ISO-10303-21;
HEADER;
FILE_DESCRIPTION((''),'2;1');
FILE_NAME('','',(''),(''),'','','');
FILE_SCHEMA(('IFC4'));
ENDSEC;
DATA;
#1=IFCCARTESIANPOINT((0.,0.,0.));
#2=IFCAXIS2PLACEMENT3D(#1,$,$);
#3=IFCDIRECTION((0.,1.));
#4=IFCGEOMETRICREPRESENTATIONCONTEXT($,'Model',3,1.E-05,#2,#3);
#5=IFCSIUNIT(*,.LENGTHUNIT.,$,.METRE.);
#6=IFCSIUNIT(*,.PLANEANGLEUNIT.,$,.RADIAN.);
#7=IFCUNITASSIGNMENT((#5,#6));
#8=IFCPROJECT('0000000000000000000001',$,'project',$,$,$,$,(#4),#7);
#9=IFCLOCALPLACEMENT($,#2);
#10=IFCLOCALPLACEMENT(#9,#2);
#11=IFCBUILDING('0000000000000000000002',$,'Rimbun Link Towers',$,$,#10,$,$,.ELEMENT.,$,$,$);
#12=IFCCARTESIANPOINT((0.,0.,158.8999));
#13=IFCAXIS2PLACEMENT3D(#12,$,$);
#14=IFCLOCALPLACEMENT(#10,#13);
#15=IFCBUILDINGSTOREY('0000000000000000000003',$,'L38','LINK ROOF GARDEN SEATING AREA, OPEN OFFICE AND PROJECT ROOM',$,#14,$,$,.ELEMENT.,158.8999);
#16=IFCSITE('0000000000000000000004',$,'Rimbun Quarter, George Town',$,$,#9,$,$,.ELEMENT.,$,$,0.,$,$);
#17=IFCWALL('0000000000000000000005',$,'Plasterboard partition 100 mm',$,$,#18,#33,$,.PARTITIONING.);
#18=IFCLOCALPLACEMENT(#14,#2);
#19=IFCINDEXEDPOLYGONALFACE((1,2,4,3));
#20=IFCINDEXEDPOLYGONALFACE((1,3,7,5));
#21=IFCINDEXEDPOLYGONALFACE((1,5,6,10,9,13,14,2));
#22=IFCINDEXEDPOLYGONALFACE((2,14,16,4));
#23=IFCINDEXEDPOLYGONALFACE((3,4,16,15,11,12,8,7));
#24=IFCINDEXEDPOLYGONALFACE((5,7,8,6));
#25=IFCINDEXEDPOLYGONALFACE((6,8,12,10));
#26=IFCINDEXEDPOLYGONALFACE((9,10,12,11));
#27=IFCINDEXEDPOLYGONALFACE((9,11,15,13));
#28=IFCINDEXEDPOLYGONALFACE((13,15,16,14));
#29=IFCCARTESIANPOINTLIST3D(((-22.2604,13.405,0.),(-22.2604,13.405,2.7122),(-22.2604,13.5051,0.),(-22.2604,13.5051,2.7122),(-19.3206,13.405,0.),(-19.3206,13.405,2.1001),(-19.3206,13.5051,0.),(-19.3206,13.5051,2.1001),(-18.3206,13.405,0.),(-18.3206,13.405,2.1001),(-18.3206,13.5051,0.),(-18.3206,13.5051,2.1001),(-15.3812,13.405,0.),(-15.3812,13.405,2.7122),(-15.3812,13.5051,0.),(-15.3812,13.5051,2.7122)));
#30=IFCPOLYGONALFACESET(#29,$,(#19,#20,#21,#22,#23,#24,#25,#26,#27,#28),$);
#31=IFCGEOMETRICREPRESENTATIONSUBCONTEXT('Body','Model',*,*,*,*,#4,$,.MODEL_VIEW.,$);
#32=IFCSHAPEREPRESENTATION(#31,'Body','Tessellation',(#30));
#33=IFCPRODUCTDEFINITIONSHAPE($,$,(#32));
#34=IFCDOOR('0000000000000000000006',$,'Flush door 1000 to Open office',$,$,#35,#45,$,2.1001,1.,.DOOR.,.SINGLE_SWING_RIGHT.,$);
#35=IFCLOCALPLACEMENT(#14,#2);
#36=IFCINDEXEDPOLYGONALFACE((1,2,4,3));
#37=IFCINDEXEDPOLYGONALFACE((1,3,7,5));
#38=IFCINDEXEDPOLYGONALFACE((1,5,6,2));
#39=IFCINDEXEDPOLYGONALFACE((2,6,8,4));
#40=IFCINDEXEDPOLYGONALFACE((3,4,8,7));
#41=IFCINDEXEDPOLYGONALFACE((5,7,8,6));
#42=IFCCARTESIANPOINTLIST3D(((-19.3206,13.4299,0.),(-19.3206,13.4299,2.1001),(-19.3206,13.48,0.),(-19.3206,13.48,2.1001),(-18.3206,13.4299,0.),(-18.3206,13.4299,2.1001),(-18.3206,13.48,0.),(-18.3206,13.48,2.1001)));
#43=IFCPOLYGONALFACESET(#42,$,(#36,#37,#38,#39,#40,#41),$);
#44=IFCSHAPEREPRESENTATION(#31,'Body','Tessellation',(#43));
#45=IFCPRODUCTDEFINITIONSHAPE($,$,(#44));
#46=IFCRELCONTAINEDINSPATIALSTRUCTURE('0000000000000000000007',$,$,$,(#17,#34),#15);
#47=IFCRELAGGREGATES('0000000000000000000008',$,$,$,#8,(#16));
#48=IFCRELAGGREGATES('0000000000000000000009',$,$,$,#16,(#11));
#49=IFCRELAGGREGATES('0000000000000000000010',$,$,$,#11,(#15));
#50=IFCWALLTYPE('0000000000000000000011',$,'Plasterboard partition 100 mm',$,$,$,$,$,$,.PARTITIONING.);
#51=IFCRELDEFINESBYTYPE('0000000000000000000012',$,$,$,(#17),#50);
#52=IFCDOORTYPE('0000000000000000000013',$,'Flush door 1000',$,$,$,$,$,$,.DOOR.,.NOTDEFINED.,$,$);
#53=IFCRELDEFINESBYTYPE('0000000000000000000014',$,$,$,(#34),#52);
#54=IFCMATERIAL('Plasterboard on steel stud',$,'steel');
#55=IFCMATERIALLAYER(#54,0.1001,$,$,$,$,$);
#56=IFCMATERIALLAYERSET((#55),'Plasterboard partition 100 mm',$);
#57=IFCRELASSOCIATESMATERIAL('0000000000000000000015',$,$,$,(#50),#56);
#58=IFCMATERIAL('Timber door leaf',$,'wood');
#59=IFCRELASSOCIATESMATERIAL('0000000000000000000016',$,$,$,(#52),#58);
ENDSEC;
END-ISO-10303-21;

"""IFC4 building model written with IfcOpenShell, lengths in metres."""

from ifc_helpers import new_model, si_unit, direction, frame, frame_2d, origin, place, context, subcontext, project, spatial, rectangle, extrude, material, layer, layer_set, type_object, element, fill, save


model = new_model("IFC4")

# Units and contexts
model_context = context("Model", 3, precision=1e-05, world=origin(), true_north=direction((0.0, 1.0)))
body_context = subcontext(model_context, "Body", "Model", "MODEL_VIEW")
ifc_project = project(units=[si_unit("LENGTHUNIT", "METRE"), si_unit("PLANEANGLEUNIT", "RADIAN")], contexts=[model_context])

# Site, building, storey
site_placement = place(None, origin())
site = spatial("IfcSite", under=ifc_project, at=site_placement, Name="Rimbun Quarter, George Town", CompositionType="ELEMENT", RefElevation=0.0)
building_placement = place(site_placement, origin())
building = spatial("IfcBuilding", under=site, at=building_placement, Name="Rimbun Link Towers", CompositionType="ELEMENT")
storey_placement = place(building_placement, frame((0.0, 0.0, 158.8999)))
storey = spatial("IfcBuildingStorey", under=building, at=storey_placement, Name="L38", Description="LINK ROOF GARDEN SEATING AREA, OPEN OFFICE AND PROJECT ROOM", CompositionType="ELEMENT", Elevation=158.8999)

# Wall, opening, door
ifc_material_1 = material(Name="Plasterboard on steel stud", Category="steel")
ifc_layer_1 = layer(ifc_material_1, 0.1001)
ifc_layer_set_1 = layer_set([ifc_layer_1], Name="Plasterboard partition 100 mm")
wall_type = type_object("IfcWallType", Name="Plasterboard partition 100 mm", PredefinedType="PARTITIONING", material=ifc_layer_set_1)
ifc_material_2 = material(Name="Timber door leaf", Category="wood")
door_type = type_object("IfcDoorType", Name="Flush door 1000", OperationType="NOTDEFINED", PredefinedType="DOOR", material=ifc_material_2)
wall_1_placement = place(storey_placement, frame((-22.2603, 13.4551, 0.0), z_axis=(0.0, 0.0, 1.0), x_axis=(1.0, 0.0, 0.0)))
wall_1 = element("IfcWall", 1, at=wall_1_placement, inside=storey, type_object=wall_type, Name="Plasterboard partition 100 mm", PredefinedType="PARTITIONING", context=body_context, shape_type="SweptSolid", body=[
    extrude(rectangle(XDim=6.8792, YDim=0.1001, at=frame_2d((3.4395, 0.0))), origin(), (0.0, 0.0, 1.0), 2.7122),
])
opening_1_placement = place(wall_1_placement, frame((2.9397, 0.0, 0.0)))
opening_1 = element("IfcOpeningElement", 2, at=opening_1_placement, cuts=wall_1, PredefinedType="OPENING", context=body_context, shape_type="SweptSolid", body=[
    extrude(rectangle(XDim=1.0, YDim=2.1001, at=frame_2d((0.5, 1.05))), frame((0.0, 0.0601, 0.0), z_axis=(0.0, -1.0, 0.0), x_axis=(1.0, 0.0, 0.0)), (0.0, 0.0, 1.0), 0.1201),
])
door_1_placement = place(opening_1_placement, origin())
door_1 = element("IfcDoor", 3, at=door_1_placement, inside=storey, type_object=door_type, Name="Flush door 1000 to Open office", OperationType="SINGLE_SWING_RIGHT", OverallHeight=2.1001, OverallWidth=1.0, PredefinedType="DOOR", context=body_context, shape_type="SweptSolid", body=[
    extrude(rectangle(XDim=1.0, YDim=2.1001, at=frame_2d((0.5, 1.05))), frame((0.0, 0.0249, 0.0), z_axis=(0.0, -1.0, 0.0), x_axis=(1.0, 0.0, 0.0)), (0.0, 0.0, 1.0), 0.05),
])
fill(opening_1, door_1)

save(model, "model.ifc")
